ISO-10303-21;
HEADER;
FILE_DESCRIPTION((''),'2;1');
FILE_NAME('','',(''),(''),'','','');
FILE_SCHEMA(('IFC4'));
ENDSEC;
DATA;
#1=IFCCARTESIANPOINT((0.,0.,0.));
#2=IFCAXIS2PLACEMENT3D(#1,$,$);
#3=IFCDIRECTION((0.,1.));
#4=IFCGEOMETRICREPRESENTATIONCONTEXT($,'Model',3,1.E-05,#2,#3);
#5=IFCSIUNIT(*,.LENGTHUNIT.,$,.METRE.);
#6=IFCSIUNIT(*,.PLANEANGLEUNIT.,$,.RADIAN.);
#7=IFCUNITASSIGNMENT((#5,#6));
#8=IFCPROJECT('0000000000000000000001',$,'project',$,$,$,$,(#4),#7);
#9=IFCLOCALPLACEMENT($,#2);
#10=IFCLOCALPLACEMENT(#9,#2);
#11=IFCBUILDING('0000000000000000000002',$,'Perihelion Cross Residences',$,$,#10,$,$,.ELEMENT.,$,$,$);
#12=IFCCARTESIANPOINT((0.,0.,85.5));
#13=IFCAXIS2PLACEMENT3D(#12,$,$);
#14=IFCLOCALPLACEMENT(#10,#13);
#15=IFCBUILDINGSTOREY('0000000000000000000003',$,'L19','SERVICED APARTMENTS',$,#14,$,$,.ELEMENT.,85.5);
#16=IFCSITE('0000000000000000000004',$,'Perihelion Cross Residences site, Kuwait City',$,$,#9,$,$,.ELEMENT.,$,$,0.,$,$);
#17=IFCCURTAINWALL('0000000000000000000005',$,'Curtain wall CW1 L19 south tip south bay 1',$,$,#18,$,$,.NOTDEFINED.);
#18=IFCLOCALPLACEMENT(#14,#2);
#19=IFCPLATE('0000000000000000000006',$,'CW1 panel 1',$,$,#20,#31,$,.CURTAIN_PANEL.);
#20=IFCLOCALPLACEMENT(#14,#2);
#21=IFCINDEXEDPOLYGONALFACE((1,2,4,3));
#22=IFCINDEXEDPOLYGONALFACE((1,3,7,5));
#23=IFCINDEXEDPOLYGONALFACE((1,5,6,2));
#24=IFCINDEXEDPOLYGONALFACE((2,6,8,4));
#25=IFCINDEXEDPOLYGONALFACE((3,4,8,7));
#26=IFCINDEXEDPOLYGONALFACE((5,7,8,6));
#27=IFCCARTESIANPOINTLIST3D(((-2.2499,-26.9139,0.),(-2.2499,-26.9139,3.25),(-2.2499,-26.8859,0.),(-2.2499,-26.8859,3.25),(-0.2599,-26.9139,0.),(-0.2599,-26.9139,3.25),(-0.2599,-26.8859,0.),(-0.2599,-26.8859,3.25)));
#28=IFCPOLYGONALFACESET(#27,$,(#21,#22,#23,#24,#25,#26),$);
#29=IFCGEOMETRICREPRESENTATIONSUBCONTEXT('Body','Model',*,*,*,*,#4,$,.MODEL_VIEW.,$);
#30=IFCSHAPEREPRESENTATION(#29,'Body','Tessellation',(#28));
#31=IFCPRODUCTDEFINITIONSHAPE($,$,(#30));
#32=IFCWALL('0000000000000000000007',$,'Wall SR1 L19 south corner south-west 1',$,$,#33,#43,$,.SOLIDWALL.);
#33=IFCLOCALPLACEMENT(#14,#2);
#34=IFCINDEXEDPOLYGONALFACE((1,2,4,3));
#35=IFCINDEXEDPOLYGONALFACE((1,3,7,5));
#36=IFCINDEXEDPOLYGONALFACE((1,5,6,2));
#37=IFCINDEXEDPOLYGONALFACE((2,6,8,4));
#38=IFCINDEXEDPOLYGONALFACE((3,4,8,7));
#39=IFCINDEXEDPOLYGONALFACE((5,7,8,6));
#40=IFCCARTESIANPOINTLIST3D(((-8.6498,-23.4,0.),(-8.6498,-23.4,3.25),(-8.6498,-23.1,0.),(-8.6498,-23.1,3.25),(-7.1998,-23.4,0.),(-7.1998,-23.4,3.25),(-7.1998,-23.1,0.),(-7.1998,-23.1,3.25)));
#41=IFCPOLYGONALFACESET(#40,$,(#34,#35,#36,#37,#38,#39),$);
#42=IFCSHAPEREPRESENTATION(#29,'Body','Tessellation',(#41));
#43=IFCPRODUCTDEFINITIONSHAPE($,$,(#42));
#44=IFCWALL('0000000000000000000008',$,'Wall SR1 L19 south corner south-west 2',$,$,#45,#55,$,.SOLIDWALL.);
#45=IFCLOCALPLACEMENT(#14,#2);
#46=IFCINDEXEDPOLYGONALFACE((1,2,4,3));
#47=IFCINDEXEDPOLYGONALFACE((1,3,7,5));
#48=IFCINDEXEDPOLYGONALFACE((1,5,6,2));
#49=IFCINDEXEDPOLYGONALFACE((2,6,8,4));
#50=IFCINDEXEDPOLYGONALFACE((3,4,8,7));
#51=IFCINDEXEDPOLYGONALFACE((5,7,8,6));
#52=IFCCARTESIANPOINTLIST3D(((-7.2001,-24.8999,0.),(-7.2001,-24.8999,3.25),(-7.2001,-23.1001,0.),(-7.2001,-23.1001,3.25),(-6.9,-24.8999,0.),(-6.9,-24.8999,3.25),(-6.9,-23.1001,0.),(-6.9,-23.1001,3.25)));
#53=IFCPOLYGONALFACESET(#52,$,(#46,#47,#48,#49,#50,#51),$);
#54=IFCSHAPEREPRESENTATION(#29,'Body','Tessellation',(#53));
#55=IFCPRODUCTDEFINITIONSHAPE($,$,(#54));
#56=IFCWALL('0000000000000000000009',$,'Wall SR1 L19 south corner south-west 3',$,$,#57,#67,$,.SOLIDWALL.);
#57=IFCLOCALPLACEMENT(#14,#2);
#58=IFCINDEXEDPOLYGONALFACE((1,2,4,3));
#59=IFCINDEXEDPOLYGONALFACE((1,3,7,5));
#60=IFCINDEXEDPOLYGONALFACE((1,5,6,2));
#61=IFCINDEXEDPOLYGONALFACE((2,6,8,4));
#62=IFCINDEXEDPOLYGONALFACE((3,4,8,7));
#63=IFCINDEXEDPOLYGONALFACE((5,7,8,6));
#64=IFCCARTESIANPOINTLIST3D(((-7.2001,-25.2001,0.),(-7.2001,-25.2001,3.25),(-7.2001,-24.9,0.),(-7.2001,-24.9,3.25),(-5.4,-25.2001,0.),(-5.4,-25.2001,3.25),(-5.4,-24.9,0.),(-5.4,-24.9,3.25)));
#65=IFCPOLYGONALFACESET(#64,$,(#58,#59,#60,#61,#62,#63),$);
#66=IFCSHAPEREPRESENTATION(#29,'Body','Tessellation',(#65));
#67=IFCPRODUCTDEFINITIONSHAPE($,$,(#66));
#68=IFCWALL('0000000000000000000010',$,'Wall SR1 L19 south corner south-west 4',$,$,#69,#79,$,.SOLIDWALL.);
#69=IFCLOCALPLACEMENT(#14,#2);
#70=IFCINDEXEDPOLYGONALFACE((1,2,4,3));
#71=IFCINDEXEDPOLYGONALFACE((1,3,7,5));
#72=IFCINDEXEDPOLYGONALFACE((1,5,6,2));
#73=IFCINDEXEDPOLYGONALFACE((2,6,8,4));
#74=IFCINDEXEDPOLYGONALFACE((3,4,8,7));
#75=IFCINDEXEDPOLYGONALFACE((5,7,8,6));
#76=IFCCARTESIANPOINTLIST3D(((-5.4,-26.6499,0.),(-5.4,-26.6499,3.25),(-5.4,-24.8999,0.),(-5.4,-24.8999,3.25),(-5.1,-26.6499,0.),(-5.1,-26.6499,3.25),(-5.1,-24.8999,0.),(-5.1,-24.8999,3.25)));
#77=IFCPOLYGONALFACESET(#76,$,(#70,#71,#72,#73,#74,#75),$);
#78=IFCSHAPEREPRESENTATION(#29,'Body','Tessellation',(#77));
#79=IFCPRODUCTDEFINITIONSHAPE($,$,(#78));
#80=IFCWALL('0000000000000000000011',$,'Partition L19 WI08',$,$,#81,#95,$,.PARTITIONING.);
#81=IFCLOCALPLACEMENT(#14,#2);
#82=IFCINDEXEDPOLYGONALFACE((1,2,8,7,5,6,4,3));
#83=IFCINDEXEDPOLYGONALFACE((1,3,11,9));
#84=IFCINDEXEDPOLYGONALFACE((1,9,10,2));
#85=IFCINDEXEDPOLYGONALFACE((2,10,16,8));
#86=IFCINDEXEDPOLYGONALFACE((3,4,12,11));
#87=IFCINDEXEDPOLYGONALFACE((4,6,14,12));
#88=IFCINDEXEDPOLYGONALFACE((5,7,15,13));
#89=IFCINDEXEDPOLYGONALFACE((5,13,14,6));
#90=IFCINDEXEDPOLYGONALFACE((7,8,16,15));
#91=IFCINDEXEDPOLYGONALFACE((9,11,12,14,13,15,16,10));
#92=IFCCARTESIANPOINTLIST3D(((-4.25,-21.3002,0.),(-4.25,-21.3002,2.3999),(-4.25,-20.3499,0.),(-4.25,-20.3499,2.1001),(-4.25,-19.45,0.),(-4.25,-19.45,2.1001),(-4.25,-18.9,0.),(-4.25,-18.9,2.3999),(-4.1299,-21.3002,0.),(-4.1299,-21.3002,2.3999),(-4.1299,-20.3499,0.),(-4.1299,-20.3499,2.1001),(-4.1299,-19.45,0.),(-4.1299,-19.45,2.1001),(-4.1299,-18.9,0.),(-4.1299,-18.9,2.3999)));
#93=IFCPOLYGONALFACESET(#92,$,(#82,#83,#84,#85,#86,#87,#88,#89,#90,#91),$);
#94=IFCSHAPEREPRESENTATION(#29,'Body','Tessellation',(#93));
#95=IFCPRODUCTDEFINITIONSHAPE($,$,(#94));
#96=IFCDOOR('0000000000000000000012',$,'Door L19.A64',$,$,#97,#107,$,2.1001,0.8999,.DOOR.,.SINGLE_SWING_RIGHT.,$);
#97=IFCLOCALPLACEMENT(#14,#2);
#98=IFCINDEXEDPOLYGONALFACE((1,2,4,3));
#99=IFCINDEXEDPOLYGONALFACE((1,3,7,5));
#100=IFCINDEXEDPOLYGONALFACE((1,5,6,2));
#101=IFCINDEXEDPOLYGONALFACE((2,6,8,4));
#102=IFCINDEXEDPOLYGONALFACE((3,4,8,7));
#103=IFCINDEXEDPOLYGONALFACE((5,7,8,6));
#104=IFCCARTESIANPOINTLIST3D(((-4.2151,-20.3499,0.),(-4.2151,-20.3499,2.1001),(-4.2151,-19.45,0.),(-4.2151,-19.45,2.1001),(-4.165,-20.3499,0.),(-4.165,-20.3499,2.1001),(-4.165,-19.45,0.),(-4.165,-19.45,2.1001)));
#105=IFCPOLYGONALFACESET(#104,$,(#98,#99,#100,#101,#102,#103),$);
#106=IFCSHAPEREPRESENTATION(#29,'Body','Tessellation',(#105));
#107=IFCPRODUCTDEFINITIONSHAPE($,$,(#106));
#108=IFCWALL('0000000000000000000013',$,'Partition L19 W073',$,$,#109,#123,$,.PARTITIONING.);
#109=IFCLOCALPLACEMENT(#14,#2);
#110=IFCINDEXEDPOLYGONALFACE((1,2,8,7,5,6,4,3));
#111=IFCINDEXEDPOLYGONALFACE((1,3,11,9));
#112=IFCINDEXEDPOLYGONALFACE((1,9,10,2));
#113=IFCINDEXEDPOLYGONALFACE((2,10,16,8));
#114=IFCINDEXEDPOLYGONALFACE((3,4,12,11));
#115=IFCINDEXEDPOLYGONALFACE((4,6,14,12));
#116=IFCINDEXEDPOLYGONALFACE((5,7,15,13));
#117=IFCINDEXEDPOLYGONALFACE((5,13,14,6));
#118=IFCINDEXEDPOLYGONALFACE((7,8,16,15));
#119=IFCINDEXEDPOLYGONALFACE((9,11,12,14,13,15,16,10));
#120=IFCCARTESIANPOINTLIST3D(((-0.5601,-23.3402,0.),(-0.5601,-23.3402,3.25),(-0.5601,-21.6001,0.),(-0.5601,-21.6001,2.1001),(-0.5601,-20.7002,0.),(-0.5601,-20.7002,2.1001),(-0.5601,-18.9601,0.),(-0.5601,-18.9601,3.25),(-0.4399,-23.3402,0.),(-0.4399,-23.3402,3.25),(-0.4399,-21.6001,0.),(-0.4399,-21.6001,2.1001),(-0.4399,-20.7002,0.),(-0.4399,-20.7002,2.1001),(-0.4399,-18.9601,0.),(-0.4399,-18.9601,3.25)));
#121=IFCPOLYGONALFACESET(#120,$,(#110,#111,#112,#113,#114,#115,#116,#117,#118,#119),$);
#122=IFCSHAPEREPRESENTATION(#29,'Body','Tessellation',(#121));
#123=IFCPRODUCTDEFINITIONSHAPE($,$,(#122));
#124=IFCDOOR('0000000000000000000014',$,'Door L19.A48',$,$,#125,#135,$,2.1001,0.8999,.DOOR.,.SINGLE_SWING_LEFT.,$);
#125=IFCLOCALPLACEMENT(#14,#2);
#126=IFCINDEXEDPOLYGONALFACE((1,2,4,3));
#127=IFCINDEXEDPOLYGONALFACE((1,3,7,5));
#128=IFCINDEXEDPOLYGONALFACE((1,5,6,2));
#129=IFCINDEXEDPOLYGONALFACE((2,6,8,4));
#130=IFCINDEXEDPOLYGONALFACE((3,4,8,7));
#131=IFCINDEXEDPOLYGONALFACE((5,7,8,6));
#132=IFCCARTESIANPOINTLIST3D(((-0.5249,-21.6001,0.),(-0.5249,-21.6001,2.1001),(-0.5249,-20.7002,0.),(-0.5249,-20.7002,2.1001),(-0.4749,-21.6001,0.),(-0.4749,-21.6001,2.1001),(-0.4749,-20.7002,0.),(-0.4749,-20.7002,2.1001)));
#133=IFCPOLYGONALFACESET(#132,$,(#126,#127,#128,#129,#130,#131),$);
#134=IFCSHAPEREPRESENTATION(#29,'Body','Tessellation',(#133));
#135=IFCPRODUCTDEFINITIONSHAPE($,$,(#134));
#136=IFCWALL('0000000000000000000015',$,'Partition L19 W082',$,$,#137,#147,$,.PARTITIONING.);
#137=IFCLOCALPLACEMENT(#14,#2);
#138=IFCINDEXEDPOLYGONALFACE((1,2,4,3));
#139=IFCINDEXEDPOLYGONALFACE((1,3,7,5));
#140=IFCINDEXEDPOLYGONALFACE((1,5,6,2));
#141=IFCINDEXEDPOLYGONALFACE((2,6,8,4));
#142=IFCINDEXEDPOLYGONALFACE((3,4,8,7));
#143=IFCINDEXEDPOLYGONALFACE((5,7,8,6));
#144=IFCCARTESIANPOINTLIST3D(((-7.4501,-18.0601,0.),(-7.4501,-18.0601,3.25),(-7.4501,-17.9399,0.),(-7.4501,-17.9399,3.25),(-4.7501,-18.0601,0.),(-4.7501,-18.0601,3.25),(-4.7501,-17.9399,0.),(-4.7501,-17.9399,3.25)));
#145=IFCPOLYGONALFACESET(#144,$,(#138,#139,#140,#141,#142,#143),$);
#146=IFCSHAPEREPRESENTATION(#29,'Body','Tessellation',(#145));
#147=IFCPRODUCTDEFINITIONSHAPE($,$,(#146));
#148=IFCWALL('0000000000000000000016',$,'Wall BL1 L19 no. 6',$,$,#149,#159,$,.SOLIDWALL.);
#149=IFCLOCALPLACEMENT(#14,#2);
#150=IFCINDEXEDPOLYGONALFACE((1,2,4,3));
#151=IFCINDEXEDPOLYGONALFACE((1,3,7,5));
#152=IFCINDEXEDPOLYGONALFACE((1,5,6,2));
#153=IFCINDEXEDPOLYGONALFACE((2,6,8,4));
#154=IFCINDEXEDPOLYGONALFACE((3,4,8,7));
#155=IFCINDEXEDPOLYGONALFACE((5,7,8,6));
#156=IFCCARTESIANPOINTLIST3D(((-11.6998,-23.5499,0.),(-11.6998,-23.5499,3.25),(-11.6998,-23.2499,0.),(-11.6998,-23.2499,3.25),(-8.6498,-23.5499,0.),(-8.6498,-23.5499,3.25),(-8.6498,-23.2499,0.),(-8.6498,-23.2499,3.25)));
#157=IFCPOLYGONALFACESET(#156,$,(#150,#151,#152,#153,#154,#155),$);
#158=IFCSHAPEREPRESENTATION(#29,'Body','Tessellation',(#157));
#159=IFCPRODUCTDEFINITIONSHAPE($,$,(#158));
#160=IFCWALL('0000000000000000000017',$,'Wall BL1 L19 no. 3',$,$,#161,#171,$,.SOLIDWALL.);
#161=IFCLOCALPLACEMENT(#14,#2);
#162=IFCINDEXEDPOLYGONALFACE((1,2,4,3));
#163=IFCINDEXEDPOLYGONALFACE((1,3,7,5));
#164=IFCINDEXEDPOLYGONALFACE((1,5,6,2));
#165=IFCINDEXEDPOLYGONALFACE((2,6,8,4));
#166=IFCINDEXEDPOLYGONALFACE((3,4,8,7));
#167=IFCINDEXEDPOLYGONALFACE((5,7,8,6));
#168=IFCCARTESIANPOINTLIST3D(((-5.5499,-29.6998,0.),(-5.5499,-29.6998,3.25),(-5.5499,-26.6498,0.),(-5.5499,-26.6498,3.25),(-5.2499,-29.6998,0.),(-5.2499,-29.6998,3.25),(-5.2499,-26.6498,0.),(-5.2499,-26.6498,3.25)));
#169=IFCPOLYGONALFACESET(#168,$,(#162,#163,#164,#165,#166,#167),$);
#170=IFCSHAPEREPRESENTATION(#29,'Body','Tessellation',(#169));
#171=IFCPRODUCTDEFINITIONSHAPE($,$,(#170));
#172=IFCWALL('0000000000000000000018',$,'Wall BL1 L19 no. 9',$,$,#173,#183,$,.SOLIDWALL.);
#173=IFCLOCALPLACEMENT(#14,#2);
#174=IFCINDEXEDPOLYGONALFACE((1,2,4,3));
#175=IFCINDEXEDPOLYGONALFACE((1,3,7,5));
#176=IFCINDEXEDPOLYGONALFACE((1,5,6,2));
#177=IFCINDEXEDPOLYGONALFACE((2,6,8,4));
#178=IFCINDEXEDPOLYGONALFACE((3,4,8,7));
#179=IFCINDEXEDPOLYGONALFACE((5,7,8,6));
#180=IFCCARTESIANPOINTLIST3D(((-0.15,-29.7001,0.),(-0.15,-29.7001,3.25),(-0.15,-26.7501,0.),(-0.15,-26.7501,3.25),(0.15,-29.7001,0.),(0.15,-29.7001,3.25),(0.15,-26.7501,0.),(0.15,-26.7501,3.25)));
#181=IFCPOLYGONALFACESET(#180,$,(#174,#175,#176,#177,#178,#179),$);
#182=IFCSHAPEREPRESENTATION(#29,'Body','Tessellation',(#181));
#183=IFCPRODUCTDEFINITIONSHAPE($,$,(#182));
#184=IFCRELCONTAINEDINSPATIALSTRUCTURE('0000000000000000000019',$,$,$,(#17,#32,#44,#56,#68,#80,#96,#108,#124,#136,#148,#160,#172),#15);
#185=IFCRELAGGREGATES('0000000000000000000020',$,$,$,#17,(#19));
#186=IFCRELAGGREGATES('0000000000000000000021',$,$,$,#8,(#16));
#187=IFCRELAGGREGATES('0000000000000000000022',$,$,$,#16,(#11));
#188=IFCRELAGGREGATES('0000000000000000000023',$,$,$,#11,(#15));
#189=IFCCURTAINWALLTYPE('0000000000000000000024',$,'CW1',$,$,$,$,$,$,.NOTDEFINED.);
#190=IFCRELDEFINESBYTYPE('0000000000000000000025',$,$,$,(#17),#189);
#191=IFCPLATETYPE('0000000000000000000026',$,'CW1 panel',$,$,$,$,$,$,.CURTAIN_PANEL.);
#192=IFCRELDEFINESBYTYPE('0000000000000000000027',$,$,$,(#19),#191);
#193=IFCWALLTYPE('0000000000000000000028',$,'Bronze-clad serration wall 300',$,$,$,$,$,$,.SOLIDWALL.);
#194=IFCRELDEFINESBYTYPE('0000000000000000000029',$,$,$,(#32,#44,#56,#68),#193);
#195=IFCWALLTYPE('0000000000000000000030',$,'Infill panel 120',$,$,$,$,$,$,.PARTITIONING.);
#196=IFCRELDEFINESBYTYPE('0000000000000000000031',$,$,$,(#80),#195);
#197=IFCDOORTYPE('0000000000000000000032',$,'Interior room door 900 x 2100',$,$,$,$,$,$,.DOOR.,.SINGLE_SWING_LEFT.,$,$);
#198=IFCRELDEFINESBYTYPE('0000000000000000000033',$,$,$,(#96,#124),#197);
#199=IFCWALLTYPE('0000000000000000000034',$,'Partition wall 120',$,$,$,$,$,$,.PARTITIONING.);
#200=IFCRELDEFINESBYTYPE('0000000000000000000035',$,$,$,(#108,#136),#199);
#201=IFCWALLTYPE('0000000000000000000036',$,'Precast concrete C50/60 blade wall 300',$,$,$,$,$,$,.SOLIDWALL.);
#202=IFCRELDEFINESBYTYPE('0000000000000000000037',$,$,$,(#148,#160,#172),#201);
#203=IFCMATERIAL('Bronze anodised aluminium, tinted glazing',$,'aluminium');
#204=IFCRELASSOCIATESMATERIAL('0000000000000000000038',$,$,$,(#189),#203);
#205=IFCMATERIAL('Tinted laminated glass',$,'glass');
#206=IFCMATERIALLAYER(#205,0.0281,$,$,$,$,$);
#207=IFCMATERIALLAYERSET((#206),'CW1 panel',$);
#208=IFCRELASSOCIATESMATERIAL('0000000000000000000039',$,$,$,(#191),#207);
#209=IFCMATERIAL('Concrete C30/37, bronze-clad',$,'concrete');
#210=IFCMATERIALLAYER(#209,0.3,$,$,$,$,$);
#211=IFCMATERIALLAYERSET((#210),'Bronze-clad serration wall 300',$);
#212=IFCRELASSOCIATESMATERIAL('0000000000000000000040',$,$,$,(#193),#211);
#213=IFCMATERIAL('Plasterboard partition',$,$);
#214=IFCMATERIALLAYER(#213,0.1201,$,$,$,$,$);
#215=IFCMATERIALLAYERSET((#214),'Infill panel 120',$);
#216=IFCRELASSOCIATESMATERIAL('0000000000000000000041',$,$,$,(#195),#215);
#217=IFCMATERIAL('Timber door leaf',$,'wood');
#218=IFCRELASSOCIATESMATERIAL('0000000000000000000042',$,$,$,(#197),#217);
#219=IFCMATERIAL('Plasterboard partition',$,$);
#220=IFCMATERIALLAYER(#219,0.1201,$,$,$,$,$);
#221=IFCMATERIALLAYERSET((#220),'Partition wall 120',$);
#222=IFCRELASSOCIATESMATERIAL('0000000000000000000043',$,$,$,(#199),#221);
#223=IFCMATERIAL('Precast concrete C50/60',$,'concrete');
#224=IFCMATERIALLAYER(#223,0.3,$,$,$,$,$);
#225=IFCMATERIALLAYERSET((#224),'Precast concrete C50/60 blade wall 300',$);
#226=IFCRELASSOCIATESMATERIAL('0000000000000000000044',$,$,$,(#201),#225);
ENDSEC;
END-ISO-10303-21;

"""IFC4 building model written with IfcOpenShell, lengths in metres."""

from ifc_helpers import new_model, si_unit, direction, frame, frame_2d, origin, origin_2d, place, context, subcontext, project, spatial, rectangle, extrude, material, layer, layer_set, type_object, element, fill, aggregate, save


model = new_model("IFC4")

# Units and contexts
model_context = context("Model", 3, precision=1e-05, world=origin(), true_north=direction((0.0, 1.0)))
body_context = subcontext(model_context, "Body", "Model", "MODEL_VIEW")
ifc_project = project(units=[si_unit("LENGTHUNIT", "METRE"), si_unit("PLANEANGLEUNIT", "RADIAN")], contexts=[model_context])

# Site, building, storey
site_placement = place(None, origin())
site = spatial("IfcSite", under=ifc_project, at=site_placement, Name="Perihelion Cross Residences site, Kuwait City", CompositionType="ELEMENT", RefElevation=0.0)
building_placement = place(site_placement, origin())
building = spatial("IfcBuilding", under=site, at=building_placement, Name="Perihelion Cross Residences", CompositionType="ELEMENT")
storey_placement = place(building_placement, frame((0.0, 0.0, 85.5)))
storey = spatial("IfcBuildingStorey", under=building, at=storey_placement, Name="L19", Description="SERVICED APARTMENTS", CompositionType="ELEMENT", Elevation=85.5)

# Curtain wall
ifc_material_1 = material(Name="Bronze anodised aluminium, tinted glazing", Category="aluminium")
curtain_wall_type = type_object("IfcCurtainWallType", Name="CW1", PredefinedType="NOTDEFINED", material=ifc_material_1)
curtain_wall_1_placement = place(storey_placement, origin())
curtain_wall_1 = element("IfcCurtainWall", 1, at=curtain_wall_1_placement, inside=storey, type_object=curtain_wall_type, Name="Curtain wall CW1 L19 south tip south bay 1", PredefinedType="NOTDEFINED")

# Plate
ifc_material_2 = material(Name="Tinted laminated glass", Category="glass")
ifc_layer_1 = layer(ifc_material_2, 0.0281)
ifc_layer_set_1 = layer_set([ifc_layer_1], Name="CW1 panel")
plate_type = type_object("IfcPlateType", Name="CW1 panel", PredefinedType="CURTAIN_PANEL", material=ifc_layer_set_1)
plate_placement = place(storey_placement, frame((-1.2549, -26.8999, 0.0), z_axis=(0.0, 0.0, 1.0), x_axis=(1.0, 0.0, 0.0)))
plate = element("IfcPlate", 2, at=plate_placement, type_object=plate_type, Name="CW1 panel 1", PredefinedType="CURTAIN_PANEL", context=body_context, shape_type="SweptSolid", body=[
    extrude(rectangle(XDim=1.99, YDim=0.0281, at=origin_2d()), origin(), (0.0, 0.0, 1.0), 3.25),
])
aggregate(curtain_wall_1, [plate])

# Walls
ifc_material_3 = material(Name="Concrete C30/37, bronze-clad", Category="concrete")
ifc_layer_2 = layer(ifc_material_3, 0.3)
ifc_layer_set_2 = layer_set([ifc_layer_2], Name="Bronze-clad serration wall 300")
wall_type_1 = type_object("IfcWallType", Name="Bronze-clad serration wall 300", PredefinedType="SOLIDWALL", material=ifc_layer_set_2)
wall_1_placement = place(storey_placement, frame((-8.6499, -23.25, 0.0), z_axis=(0.0, 0.0, 1.0), x_axis=(1.0, 0.0, 0.0)))
element("IfcWall", 3, at=wall_1_placement, inside=storey, type_object=wall_type_1, Name="Wall SR1 L19 south corner south-west 1", PredefinedType="SOLIDWALL", context=body_context, shape_type="SweptSolid", body=[
    extrude(rectangle(XDim=1.45, YDim=0.3, at=frame_2d((0.7251, 0.0))), origin(), (0.0, 0.0, 1.0), 3.25),
])
wall_2_placement = place(storey_placement, frame((-7.05, -23.1001, 0.0), z_axis=(0.0, 0.0, 1.0), x_axis=(0.0, -1.0, 0.0)))
element("IfcWall", 4, at=wall_2_placement, inside=storey, type_object=wall_type_1, Name="Wall SR1 L19 south corner south-west 2", PredefinedType="SOLIDWALL", context=body_context, shape_type="SweptSolid", body=[
    extrude(rectangle(XDim=1.7998, YDim=0.3, at=frame_2d((0.8999, 0.0))), origin(), (0.0, 0.0, 1.0), 3.25),
])
wall_3_placement = place(storey_placement, frame((-7.2, -25.05, 0.0), z_axis=(0.0, 0.0, 1.0), x_axis=(1.0, 0.0, 0.0)))
element("IfcWall", 5, at=wall_3_placement, inside=storey, type_object=wall_type_1, Name="Wall SR1 L19 south corner south-west 3", PredefinedType="SOLIDWALL", context=body_context, shape_type="SweptSolid", body=[
    extrude(rectangle(XDim=1.8, YDim=0.3, at=frame_2d((0.8999, 0.0))), origin(), (0.0, 0.0, 1.0), 3.25),
])
wall_4_placement = place(storey_placement, frame((-5.25, -24.8999, 0.0), z_axis=(0.0, 0.0, 1.0), x_axis=(0.0, -1.0, 0.0)))
element("IfcWall", 6, at=wall_4_placement, inside=storey, type_object=wall_type_1, Name="Wall SR1 L19 south corner south-west 4", PredefinedType="SOLIDWALL", context=body_context, shape_type="SweptSolid", body=[
    extrude(rectangle(XDim=1.75, YDim=0.3, at=frame_2d((0.875, 0.0))), origin(), (0.0, 0.0, 1.0), 3.25),
])

# Walls, openings, doors
ifc_material_4 = material(Name="Plasterboard partition")
ifc_layer_3 = layer(ifc_material_4, 0.1201)
ifc_layer_set_3 = layer_set([ifc_layer_3], Name="Infill panel 120")
wall_type_2 = type_object("IfcWallType", Name="Infill panel 120", PredefinedType="PARTITIONING", material=ifc_layer_set_3)
wall_5_placement = place(storey_placement, frame((-4.1899, -18.8999, 0.0), z_axis=(0.0, 0.0, 1.0), x_axis=(0.0, -1.0, 0.0)))
wall_5 = element("IfcWall", 7, at=wall_5_placement, inside=storey, type_object=wall_type_2, Name="Partition L19 WI08", PredefinedType="PARTITIONING", context=body_context, shape_type="SweptSolid", body=[
    extrude(rectangle(XDim=2.4001, YDim=0.1201, at=frame_2d((1.2002, 0.0))), origin(), (0.0, 0.0, 1.0), 2.3999),
])
opening_1_placement = place(wall_5_placement, frame((0.55, 0.0, 0.0)))
opening_1 = element("IfcOpeningElement", 8, at=opening_1_placement, cuts=wall_5, PredefinedType="OPENING", context=body_context, shape_type="SweptSolid", body=[
    extrude(rectangle(XDim=0.8999, YDim=2.1001, at=frame_2d((0.45, 1.05))), frame((0.0, 0.0701, 0.0), z_axis=(0.0, -1.0, 0.0), x_axis=(1.0, 0.0, 0.0)), (0.0, 0.0, 1.0), 0.1401),
])
ifc_material_5 = material(Name="Timber door leaf", Category="wood")
door_type_1 = type_object("IfcDoorType", Name="Interior room door 900 x 2100", OperationType="SINGLE_SWING_LEFT", PredefinedType="DOOR", material=ifc_material_5)
door_1_placement = place(opening_1_placement, origin())
door_1 = element("IfcDoor", 9, at=door_1_placement, inside=storey, type_object=door_type_1, Name="Door L19.A64", OperationType="SINGLE_SWING_RIGHT", OverallHeight=2.1001, OverallWidth=0.8999, PredefinedType="DOOR", context=body_context, shape_type="SweptSolid", body=[
    extrude(rectangle(XDim=0.8999, YDim=2.1001, at=frame_2d((0.45, 1.05))), frame((0.0, 0.0249, 0.0), z_axis=(0.0, -1.0, 0.0), x_axis=(1.0, 0.0, 0.0)), (0.0, 0.0, 1.0), 0.05),
])
fill(opening_1, door_1)
ifc_material_6 = material(Name="Plasterboard partition")
ifc_layer_4 = layer(ifc_material_6, 0.1201)
ifc_layer_set_4 = layer_set([ifc_layer_4], Name="Partition wall 120")
wall_type_3 = type_object("IfcWallType", Name="Partition wall 120", PredefinedType="PARTITIONING", material=ifc_layer_set_4)
wall_6_placement = place(storey_placement, frame((-0.5, -23.3401, 0.0), z_axis=(0.0, 0.0, 1.0), x_axis=(0.0, 1.0, 0.0)))
wall_6 = element("IfcWall", 10, at=wall_6_placement, inside=storey, type_object=wall_type_3, Name="Partition L19 W073", PredefinedType="PARTITIONING", context=body_context, shape_type="SweptSolid", body=[
    extrude(rectangle(XDim=4.3801, YDim=0.1201, at=frame_2d((2.1899, 0.0))), origin(), (0.0, 0.0, 1.0), 3.25),
])
opening_2_placement = place(wall_6_placement, frame((1.74, 0.0, 0.0)))
opening_2 = element("IfcOpeningElement", 11, at=opening_2_placement, cuts=wall_6, PredefinedType="OPENING", context=body_context, shape_type="SweptSolid", body=[
    extrude(rectangle(XDim=0.8999, YDim=2.1001, at=frame_2d((0.45, 1.05))), frame((0.0, 0.0701, 0.0), z_axis=(0.0, -1.0, 0.0), x_axis=(1.0, 0.0, 0.0)), (0.0, 0.0, 1.0), 0.1401),
])
door_2_placement = place(opening_2_placement, origin())
door_2 = element("IfcDoor", 12, at=door_2_placement, inside=storey, type_object=door_type_1, Name="Door L19.A48", OperationType="SINGLE_SWING_LEFT", OverallHeight=2.1001, OverallWidth=0.8999, PredefinedType="DOOR", context=body_context, shape_type="SweptSolid", body=[
    extrude(rectangle(XDim=0.8999, YDim=2.1001, at=frame_2d((0.45, 1.05))), frame((0.0, 0.0249, 0.0), z_axis=(0.0, -1.0, 0.0), x_axis=(1.0, 0.0, 0.0)), (0.0, 0.0, 1.0), 0.05),
])
fill(opening_2, door_2)

# Walls
wall_7_placement = place(storey_placement, frame((-4.75, -18.0, 0.0), z_axis=(0.0, 0.0, 1.0), x_axis=(-1.0, 0.0, 0.0)))
element("IfcWall", 13, at=wall_7_placement, inside=storey, type_object=wall_type_3, Name="Partition L19 W082", PredefinedType="PARTITIONING", context=body_context, shape_type="SweptSolid", body=[
    extrude(rectangle(XDim=2.7, YDim=0.1201, at=frame_2d((1.3501, 0.0))), origin(), (0.0, 0.0, 1.0), 3.25),
])
ifc_material_7 = material(Name="Precast concrete C50/60", Category="concrete")
ifc_layer_5 = layer(ifc_material_7, 0.3)
ifc_layer_set_5 = layer_set([ifc_layer_5], Name="Precast concrete C50/60 blade wall 300")
wall_type_4 = type_object("IfcWallType", Name="Precast concrete C50/60 blade wall 300", PredefinedType="SOLIDWALL", material=ifc_layer_set_5)
for number, where, z_axis, x_axis, name in (
    (14, (-8.6499, -23.3999, 0.0), (0.0, 0.0, 1.0), (-1.0, 0.0, 0.0), "Wall BL1 L19 no. 6"),
    (15, (-5.3999, -26.6499, 0.0), (0.0, 0.0, 1.0), (0.0, -1.0, 0.0), "Wall BL1 L19 no. 3"),
):
    element("IfcWall", number, at=place(storey_placement, frame(where, z_axis=z_axis, x_axis=x_axis)), inside=storey, type_object=wall_type_4, Name=name, PredefinedType="SOLIDWALL", context=body_context, shape_type="SweptSolid", body=[
        extrude(rectangle(XDim=3.05, YDim=0.3, at=frame_2d((1.5249, 0.0))), origin(), (0.0, 0.0, 1.0), 3.25),
    ])
wall_8_placement = place(storey_placement, frame((0.0, -26.75, 0.0), z_axis=(0.0, 0.0, 1.0), x_axis=(0.0, -1.0, 0.0)))
element("IfcWall", 16, at=wall_8_placement, inside=storey, type_object=wall_type_4, Name="Wall BL1 L19 no. 9", PredefinedType="SOLIDWALL", context=body_context, shape_type="SweptSolid", body=[
    extrude(rectangle(XDim=2.95, YDim=0.3, at=frame_2d((1.4751, 0.0))), origin(), (0.0, 0.0, 1.0), 3.25),
])

save(model, "model.ifc")
